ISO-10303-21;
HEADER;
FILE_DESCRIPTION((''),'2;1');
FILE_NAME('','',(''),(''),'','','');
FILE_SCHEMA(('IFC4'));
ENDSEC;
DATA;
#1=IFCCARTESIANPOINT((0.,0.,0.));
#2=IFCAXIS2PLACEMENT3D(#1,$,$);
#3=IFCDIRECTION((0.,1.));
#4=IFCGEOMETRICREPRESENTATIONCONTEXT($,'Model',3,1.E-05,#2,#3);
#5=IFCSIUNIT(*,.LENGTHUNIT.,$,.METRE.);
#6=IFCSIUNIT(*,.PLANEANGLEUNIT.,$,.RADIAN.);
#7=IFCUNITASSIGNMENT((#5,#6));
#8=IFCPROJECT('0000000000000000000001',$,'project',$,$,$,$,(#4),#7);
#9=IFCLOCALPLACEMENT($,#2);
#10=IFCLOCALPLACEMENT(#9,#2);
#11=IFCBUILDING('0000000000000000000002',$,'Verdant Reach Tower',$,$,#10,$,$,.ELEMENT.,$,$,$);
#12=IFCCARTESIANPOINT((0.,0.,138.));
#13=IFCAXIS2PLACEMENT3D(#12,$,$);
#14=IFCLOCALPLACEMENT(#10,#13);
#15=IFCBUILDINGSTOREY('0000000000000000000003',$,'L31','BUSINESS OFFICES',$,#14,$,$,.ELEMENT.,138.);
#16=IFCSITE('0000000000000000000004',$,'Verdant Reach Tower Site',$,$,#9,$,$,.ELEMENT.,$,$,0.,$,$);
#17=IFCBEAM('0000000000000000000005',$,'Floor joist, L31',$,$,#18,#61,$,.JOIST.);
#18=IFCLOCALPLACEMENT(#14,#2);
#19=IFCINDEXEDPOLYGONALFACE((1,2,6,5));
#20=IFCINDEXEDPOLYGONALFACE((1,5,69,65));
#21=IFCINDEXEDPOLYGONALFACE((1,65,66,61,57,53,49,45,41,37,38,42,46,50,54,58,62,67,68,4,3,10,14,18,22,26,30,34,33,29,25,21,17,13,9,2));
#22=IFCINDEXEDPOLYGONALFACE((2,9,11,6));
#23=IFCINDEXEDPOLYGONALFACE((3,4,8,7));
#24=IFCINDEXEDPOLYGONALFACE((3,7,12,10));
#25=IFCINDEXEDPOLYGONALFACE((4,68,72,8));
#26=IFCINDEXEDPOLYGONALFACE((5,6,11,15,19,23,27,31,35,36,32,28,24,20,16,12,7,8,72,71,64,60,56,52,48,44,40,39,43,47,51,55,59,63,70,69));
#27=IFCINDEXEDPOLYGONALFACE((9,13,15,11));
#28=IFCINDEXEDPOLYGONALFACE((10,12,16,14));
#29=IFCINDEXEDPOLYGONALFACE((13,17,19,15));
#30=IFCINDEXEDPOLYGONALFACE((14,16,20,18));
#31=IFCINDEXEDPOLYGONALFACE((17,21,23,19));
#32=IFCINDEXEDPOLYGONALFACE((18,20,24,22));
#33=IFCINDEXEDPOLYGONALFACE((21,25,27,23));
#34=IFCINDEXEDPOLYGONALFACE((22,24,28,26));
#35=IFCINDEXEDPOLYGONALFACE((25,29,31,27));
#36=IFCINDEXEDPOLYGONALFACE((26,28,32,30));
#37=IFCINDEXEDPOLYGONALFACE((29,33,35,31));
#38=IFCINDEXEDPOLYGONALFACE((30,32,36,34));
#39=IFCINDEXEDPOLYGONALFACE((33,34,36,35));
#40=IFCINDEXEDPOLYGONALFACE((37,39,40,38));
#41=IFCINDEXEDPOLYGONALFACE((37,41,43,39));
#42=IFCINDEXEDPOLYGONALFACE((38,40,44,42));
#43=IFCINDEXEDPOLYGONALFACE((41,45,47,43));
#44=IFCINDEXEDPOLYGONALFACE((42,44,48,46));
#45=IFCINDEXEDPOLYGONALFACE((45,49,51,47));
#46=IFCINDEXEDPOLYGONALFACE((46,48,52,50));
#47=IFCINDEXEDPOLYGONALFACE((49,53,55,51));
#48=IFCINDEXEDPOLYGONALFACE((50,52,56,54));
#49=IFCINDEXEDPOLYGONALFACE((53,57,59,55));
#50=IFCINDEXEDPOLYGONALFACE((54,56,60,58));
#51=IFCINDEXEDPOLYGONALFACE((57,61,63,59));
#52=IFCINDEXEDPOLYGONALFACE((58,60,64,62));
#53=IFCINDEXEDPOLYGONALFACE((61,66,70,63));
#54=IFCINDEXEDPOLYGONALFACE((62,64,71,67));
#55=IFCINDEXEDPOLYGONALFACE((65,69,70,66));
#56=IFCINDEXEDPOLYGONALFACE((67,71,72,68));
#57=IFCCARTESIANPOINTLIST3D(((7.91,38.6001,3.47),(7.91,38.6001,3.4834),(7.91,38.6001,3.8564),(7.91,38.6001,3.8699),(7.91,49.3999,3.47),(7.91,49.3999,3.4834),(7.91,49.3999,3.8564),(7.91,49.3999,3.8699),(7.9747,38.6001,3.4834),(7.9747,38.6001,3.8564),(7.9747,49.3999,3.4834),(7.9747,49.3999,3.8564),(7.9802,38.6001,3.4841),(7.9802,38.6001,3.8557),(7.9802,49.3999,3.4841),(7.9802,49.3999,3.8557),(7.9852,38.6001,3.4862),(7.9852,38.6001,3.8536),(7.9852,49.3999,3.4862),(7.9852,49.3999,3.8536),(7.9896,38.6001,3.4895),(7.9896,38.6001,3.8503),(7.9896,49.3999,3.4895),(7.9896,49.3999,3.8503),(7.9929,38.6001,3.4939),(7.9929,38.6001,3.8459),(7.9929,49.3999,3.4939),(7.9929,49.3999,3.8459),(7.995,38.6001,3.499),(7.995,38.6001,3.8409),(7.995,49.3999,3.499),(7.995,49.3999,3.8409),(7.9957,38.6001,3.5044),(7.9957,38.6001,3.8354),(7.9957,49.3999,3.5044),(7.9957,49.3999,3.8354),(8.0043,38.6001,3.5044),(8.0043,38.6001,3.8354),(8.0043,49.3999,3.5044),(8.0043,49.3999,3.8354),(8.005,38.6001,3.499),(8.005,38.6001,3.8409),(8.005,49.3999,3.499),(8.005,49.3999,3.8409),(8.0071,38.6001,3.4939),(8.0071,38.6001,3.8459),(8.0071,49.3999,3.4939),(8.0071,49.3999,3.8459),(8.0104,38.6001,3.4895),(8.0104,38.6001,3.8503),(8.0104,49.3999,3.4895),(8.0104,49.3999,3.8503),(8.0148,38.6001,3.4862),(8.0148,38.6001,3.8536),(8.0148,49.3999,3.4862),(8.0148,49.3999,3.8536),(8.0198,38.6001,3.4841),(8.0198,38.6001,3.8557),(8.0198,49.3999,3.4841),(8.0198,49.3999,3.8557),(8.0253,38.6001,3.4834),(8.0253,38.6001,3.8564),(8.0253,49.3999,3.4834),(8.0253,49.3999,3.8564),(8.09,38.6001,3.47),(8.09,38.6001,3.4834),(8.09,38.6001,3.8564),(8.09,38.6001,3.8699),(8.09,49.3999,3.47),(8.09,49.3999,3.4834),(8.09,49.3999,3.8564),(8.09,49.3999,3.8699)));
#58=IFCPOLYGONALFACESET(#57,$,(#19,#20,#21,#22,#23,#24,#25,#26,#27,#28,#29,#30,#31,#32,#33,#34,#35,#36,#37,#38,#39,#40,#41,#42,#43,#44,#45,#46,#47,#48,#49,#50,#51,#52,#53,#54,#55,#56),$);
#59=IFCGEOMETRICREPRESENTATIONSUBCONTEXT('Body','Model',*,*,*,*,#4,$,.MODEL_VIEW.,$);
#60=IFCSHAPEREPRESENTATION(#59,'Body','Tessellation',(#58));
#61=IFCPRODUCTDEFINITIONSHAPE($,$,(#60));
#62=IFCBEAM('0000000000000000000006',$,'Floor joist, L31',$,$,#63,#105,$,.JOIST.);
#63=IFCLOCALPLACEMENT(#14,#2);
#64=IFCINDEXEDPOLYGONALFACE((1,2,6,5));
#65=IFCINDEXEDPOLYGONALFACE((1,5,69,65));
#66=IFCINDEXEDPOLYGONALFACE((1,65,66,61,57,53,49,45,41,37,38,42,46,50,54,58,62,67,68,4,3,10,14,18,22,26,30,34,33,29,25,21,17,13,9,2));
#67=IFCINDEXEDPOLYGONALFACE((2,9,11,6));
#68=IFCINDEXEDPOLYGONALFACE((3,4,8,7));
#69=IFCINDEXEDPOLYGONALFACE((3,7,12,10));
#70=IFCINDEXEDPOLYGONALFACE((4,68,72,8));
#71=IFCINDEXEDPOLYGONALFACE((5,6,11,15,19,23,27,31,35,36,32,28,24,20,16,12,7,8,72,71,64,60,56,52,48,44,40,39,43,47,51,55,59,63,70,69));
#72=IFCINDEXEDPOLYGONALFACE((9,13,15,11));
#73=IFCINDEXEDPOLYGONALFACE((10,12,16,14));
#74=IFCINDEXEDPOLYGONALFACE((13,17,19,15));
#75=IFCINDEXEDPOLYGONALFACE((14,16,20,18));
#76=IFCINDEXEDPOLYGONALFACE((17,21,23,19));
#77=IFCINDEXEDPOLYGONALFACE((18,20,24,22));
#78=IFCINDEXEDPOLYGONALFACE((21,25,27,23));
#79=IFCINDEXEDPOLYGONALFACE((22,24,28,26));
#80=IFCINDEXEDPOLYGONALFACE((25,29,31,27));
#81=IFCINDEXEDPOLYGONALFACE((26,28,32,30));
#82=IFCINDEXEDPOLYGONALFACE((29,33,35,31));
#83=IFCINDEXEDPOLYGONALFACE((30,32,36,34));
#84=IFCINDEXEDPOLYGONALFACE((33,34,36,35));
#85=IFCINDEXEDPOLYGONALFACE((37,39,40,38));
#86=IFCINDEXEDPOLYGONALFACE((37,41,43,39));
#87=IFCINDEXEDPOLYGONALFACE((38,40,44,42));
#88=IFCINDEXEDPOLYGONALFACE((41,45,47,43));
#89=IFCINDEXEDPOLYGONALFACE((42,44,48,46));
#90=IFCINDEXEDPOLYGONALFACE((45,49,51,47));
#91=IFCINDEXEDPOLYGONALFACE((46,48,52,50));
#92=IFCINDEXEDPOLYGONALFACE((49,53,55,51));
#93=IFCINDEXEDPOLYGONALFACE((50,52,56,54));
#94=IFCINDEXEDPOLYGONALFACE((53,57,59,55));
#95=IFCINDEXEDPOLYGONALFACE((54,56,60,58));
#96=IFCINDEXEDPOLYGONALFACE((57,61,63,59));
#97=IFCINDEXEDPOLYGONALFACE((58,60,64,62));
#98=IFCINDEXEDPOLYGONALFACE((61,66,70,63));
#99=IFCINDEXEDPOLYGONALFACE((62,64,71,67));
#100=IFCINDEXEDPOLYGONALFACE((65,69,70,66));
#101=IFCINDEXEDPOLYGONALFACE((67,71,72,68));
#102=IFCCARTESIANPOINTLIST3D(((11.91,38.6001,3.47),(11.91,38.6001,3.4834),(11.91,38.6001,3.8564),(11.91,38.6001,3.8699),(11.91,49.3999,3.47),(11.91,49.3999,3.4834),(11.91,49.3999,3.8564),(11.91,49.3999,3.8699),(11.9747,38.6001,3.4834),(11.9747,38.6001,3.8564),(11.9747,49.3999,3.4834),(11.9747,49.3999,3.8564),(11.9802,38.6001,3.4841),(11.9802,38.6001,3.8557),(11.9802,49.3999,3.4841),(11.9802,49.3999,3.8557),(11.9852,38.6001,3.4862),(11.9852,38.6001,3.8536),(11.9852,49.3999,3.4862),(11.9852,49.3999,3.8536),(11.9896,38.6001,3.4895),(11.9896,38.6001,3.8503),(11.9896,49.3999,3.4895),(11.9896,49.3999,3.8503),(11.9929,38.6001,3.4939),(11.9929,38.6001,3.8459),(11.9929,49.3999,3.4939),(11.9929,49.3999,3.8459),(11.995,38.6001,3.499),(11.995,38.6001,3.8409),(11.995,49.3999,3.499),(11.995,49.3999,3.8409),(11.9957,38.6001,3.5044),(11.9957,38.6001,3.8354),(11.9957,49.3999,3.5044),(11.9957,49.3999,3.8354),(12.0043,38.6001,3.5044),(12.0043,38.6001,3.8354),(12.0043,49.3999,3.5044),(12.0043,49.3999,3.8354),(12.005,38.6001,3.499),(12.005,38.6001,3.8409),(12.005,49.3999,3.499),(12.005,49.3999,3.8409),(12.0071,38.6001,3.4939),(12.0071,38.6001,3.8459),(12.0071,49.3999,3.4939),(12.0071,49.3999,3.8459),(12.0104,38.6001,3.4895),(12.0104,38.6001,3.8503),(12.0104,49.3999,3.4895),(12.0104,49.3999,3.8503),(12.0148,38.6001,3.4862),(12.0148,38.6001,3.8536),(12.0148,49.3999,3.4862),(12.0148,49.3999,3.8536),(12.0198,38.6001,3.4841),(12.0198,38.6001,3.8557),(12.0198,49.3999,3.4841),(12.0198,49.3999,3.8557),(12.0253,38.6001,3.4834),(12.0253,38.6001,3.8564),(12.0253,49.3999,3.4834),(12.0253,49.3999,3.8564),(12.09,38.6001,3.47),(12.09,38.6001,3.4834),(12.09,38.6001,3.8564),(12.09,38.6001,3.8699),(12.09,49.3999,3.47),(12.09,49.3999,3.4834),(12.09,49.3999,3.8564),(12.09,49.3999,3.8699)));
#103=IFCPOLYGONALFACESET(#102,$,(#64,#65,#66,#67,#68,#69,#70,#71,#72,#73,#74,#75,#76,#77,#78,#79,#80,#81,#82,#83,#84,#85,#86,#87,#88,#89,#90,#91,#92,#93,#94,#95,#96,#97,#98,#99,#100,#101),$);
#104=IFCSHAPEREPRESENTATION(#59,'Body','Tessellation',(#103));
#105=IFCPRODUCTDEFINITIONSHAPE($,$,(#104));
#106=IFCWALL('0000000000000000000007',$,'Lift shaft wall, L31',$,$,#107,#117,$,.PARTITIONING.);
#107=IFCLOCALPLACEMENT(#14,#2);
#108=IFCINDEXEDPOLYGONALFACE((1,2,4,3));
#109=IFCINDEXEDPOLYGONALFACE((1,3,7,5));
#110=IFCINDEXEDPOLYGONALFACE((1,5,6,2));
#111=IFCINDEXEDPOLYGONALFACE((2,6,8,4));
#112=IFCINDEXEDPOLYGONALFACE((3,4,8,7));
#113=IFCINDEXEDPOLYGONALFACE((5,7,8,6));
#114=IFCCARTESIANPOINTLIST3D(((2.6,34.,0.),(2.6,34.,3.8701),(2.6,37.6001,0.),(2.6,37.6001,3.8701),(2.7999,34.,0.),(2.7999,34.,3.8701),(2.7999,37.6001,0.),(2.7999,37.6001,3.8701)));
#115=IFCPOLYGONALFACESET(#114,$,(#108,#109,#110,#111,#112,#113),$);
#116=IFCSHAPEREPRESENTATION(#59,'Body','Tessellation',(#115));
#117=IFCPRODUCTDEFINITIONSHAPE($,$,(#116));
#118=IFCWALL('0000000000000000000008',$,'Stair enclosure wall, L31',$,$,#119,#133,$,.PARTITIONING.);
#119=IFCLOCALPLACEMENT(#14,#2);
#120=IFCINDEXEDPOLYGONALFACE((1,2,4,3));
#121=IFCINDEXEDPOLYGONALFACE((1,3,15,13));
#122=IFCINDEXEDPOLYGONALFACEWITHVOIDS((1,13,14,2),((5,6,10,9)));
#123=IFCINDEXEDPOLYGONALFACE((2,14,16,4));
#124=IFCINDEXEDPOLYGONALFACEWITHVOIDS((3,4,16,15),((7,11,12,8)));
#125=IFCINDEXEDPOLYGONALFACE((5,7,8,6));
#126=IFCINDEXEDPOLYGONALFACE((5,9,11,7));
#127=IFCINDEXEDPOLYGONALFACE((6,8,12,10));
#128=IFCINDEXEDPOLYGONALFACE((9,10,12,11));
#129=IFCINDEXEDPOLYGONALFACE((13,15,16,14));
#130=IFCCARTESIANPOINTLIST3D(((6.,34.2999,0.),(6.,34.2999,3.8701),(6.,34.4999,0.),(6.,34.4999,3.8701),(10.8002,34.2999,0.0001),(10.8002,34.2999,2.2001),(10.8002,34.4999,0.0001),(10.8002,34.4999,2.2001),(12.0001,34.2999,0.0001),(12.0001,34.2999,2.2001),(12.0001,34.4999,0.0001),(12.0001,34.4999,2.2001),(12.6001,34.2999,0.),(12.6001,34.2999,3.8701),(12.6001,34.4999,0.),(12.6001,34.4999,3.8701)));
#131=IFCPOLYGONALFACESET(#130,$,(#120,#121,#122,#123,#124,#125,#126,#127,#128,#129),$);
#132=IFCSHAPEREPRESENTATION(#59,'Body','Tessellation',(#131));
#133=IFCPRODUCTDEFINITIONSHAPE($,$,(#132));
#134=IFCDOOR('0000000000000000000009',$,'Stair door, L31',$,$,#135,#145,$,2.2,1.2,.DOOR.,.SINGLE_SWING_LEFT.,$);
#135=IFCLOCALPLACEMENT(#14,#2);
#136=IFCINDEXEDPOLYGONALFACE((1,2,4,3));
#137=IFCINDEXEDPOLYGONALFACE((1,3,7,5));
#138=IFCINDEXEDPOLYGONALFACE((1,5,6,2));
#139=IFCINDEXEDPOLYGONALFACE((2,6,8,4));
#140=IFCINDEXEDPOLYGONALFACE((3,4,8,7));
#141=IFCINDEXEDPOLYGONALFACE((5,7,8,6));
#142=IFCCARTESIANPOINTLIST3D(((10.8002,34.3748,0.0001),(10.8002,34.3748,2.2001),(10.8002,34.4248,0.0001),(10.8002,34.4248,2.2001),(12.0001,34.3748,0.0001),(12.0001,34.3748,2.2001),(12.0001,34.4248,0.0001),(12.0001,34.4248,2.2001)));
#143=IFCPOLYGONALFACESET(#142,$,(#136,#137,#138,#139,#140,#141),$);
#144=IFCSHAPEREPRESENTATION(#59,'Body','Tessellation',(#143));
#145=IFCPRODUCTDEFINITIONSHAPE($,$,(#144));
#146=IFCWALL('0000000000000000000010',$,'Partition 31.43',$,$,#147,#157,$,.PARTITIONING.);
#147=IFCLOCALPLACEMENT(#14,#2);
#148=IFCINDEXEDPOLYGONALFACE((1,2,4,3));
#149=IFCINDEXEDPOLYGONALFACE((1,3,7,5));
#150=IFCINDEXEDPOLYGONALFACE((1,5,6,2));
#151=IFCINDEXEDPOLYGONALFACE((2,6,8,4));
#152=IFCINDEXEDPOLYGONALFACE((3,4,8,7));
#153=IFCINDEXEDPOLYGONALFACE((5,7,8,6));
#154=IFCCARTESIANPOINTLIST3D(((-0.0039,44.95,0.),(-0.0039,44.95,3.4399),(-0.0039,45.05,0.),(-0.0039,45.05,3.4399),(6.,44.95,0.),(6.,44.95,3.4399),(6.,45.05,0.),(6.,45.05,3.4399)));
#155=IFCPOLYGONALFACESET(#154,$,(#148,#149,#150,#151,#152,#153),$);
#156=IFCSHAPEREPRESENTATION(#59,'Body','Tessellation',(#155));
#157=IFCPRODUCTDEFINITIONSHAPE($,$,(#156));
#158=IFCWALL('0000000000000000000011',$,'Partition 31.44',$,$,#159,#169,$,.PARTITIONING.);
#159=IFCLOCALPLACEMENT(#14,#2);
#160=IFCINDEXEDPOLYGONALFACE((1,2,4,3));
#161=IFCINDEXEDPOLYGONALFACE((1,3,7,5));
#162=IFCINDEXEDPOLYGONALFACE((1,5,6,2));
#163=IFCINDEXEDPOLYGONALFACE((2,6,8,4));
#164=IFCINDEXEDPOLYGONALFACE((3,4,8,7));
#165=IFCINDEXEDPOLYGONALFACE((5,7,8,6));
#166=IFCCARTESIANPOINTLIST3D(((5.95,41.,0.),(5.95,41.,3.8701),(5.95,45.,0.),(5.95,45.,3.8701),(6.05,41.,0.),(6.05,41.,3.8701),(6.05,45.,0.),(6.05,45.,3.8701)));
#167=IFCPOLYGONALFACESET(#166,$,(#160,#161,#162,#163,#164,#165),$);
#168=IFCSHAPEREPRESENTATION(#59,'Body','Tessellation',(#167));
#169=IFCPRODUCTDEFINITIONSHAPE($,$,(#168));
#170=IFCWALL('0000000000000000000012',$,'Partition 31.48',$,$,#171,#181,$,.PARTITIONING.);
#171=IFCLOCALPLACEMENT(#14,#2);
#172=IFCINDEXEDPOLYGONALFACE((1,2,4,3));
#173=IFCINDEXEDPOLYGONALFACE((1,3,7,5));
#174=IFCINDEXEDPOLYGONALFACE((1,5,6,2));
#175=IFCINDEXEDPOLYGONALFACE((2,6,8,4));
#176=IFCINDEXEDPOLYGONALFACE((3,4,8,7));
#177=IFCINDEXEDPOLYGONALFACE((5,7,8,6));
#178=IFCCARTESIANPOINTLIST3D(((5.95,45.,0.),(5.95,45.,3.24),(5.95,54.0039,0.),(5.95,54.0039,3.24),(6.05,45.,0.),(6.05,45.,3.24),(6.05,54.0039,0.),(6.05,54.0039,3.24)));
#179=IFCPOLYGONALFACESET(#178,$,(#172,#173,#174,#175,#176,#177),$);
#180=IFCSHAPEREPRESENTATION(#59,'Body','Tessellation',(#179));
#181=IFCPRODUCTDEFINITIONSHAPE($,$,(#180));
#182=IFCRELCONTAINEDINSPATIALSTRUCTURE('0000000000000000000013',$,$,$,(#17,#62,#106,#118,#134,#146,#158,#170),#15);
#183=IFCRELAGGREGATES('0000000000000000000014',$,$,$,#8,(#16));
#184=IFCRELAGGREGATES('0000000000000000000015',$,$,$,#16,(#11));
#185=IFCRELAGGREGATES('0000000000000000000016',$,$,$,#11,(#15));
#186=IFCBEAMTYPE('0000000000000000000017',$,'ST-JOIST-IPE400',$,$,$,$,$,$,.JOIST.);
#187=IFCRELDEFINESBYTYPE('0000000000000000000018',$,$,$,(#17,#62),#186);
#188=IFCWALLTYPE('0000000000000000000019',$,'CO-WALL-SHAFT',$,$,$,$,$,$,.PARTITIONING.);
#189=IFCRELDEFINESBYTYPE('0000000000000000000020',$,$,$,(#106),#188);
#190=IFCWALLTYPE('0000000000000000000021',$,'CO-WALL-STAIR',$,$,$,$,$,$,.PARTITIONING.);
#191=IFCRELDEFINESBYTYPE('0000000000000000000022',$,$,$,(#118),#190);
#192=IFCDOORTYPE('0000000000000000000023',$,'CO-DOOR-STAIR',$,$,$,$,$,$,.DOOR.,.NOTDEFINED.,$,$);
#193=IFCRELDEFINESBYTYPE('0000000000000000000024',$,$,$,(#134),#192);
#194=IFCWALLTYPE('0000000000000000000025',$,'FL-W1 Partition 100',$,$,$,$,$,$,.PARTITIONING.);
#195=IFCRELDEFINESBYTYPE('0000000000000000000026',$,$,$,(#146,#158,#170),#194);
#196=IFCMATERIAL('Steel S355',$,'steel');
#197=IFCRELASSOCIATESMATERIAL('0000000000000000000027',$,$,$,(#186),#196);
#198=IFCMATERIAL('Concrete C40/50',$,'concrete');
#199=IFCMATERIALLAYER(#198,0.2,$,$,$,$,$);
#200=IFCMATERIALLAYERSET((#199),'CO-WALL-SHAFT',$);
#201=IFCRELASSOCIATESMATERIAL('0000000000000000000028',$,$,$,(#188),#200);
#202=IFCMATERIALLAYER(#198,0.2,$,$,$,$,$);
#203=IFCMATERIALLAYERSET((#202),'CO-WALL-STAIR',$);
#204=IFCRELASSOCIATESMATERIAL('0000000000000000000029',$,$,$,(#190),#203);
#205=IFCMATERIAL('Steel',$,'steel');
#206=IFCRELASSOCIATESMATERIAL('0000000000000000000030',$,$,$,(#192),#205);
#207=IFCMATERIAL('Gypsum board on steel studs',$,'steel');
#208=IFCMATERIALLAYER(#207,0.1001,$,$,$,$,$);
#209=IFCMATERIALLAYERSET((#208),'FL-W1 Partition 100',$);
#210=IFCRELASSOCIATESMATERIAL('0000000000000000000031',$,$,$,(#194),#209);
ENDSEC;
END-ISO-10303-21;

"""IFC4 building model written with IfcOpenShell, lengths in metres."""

from ifc_helpers import new_model, si_unit, direction, frame, frame_2d, origin, origin_2d, place, context, subcontext, project, spatial, rectangle, i_section, extrude, material, layer, layer_set, material_profile, profile_set, type_object, element, fill, save


model = new_model("IFC4")

# Units and contexts
model_context = context("Model", 3, precision=1e-05, world=origin(), true_north=direction((0.0, 1.0)))
body_context = subcontext(model_context, "Body", "Model", "MODEL_VIEW")
ifc_project = project(units=[si_unit("LENGTHUNIT", "METRE"), si_unit("PLANEANGLEUNIT", "RADIAN")], contexts=[model_context])

# Site, building, storey
site_placement = place(None, origin())
site = spatial("IfcSite", under=ifc_project, at=site_placement, Name="Verdant Reach Tower Site", CompositionType="ELEMENT", RefElevation=0.0)
building_placement = place(site_placement, origin())
building = spatial("IfcBuilding", under=site, at=building_placement, Name="Verdant Reach Tower", CompositionType="ELEMENT")
storey_placement = place(building_placement, frame((0.0, 0.0, 138.0)))
storey = spatial("IfcBuildingStorey", under=building, at=storey_placement, Name="L31", Description="BUSINESS OFFICES", CompositionType="ELEMENT", Elevation=138.0)

# Beams
ifc_material_1 = material(Name="Steel S355", Category="steel")
ifc_material_profile_1 = material_profile(ifc_material_1, i_section(OverallWidth=0.1799, OverallDepth=0.3999, WebThickness=0.0085, FlangeThickness=0.0134, FilletRadius=0.021, at=origin_2d()), Name="IPE 400")
ifc_profile_set_1 = profile_set([ifc_material_profile_1], Name="Steel S355")
beam_type_1 = type_object("IfcBeamType", Name="ST-JOIST-IPE400", PredefinedType="JOIST", material=ifc_profile_set_1)
for number, where, z_axis, x_axis, name in (
    (1, (8.0, 38.6001, 3.6699), (0.0, 1.0, 0.0), (-1.0, 0.0, 0.0), "Floor joist, L31"),
    (2, (12.0, 38.6001, 3.6699), (0.0, 1.0, 0.0), (-1.0, 0.0, 0.0), "Floor joist, L31"),
):
    element("IfcBeam", number, at=place(storey_placement, frame(where, z_axis=z_axis, x_axis=x_axis)), inside=storey, type_object=beam_type_1, Name=name, PredefinedType="JOIST", context=body_context, shape_type="SweptSolid", body=[
        extrude(i_section(OverallWidth=0.1799, OverallDepth=0.3999, WebThickness=0.0085, FlangeThickness=0.0134, FilletRadius=0.021, at=origin_2d()), origin(), (0.0, 0.0, 1.0), 10.7998),
    ])

# Wall
ifc_material_2 = material(Name="Concrete C40/50", Category="concrete")
ifc_layer_1 = layer(ifc_material_2, 0.2)
ifc_layer_set_1 = layer_set([ifc_layer_1], Name="CO-WALL-SHAFT")
wall_type_1 = type_object("IfcWallType", Name="CO-WALL-SHAFT", PredefinedType="PARTITIONING", material=ifc_layer_set_1)
wall_1_placement = place(storey_placement, frame((2.7, 34.0, 0.0), z_axis=(0.0, 0.0, 1.0), x_axis=(0.0, 1.0, 0.0)))
element("IfcWall", 3, at=wall_1_placement, inside=storey, type_object=wall_type_1, Name="Lift shaft wall, L31", PredefinedType="PARTITIONING", context=body_context, shape_type="SweptSolid", body=[
    extrude(rectangle(XDim=3.6001, YDim=0.2, at=frame_2d((1.8, 0.0))), origin(), (0.0, 0.0, 1.0), 3.8701),
])

# Wall, opening, door
ifc_layer_2 = layer(ifc_material_2, 0.2)
ifc_layer_set_2 = layer_set([ifc_layer_2], Name="CO-WALL-STAIR")
wall_type_2 = type_object("IfcWallType", Name="CO-WALL-STAIR", PredefinedType="PARTITIONING", material=ifc_layer_set_2)
wall_2_placement = place(storey_placement, frame((6.0, 34.3999, 0.0), z_axis=(0.0, 0.0, 1.0), x_axis=(1.0, 0.0, 0.0)))
wall_2 = element("IfcWall", 4, at=wall_2_placement, inside=storey, type_object=wall_type_2, Name="Stair enclosure wall, L31", PredefinedType="PARTITIONING", context=body_context, shape_type="SweptSolid", body=[
    extrude(rectangle(XDim=6.6001, YDim=0.2, at=frame_2d((3.3, 0.0))), origin(), (0.0, 0.0, 1.0), 3.8701),
])
opening_1_placement = place(wall_2_placement, frame((4.8, 0.0, 0.0)))
opening_1 = element("IfcOpeningElement", 5, at=opening_1_placement, cuts=wall_2, PredefinedType="OPENING", context=body_context, shape_type="SweptSolid", body=[
    extrude(rectangle(XDim=1.2, YDim=2.2, at=frame_2d((0.6001, 1.1001))), frame((0.0, 0.1099, 0.0), z_axis=(0.0, -1.0, 0.0), x_axis=(1.0, 0.0, 0.0)), (0.0, 0.0, 1.0), 0.22),
])
ifc_material_3 = material(Name="Steel", Category="steel")
door_type_1 = type_object("IfcDoorType", Name="CO-DOOR-STAIR", OperationType="NOTDEFINED", PredefinedType="DOOR", material=ifc_material_3)
door_1_placement = place(opening_1_placement, origin())
door_1 = element("IfcDoor", 6, at=door_1_placement, inside=storey, type_object=door_type_1, Name="Stair door, L31", OperationType="SINGLE_SWING_LEFT", OverallHeight=2.2, OverallWidth=1.2, PredefinedType="DOOR", context=body_context, shape_type="SweptSolid", body=[
    extrude(rectangle(XDim=1.2, YDim=2.2, at=frame_2d((0.6001, 1.1001))), frame((0.0, 0.0249, 0.0), z_axis=(0.0, -1.0, 0.0), x_axis=(1.0, 0.0, 0.0)), (0.0, 0.0, 1.0), 0.05),
])
fill(opening_1, door_1)

# Walls
ifc_material_4 = material(Name="Gypsum board on steel studs", Category="steel")
ifc_layer_3 = layer(ifc_material_4, 0.1001)
ifc_layer_set_3 = layer_set([ifc_layer_3], Name="FL-W1 Partition 100")
wall_type_3 = type_object("IfcWallType", Name="FL-W1 Partition 100", PredefinedType="PARTITIONING", material=ifc_layer_set_3)
wall_3_placement = place(storey_placement, frame((6.0, 45.0, 0.0), z_axis=(0.0, 0.0, 1.0), x_axis=(-1.0, 0.0, 0.0)))
element("IfcWall", 7, at=wall_3_placement, inside=storey, type_object=wall_type_3, Name="Partition 31.43", PredefinedType="PARTITIONING", context=body_context, shape_type="SweptSolid", body=[
    extrude(rectangle(XDim=6.0039, YDim=0.1001, at=frame_2d((3.002, 0.0))), origin(), (0.0, 0.0, 1.0), 3.4399),
])
wall_4_placement = place(storey_placement, frame((6.0, 41.0, 0.0), z_axis=(0.0, 0.0, 1.0), x_axis=(0.0, 1.0, 0.0)))
element("IfcWall", 8, at=wall_4_placement, inside=storey, type_object=wall_type_3, Name="Partition 31.44", PredefinedType="PARTITIONING", context=body_context, shape_type="SweptSolid", body=[
    extrude(rectangle(XDim=4.0, YDim=0.1001, at=frame_2d((2.0, 0.0))), origin(), (0.0, 0.0, 1.0), 3.8701),
])
wall_5_placement = place(storey_placement, frame((6.0, 45.0, 0.0), z_axis=(0.0, 0.0, 1.0), x_axis=(0.0, 1.0, 0.0)))
element("IfcWall", 9, at=wall_5_placement, inside=storey, type_object=wall_type_3, Name="Partition 31.48", PredefinedType="PARTITIONING", context=body_context, shape_type="SweptSolid", body=[
    extrude(rectangle(XDim=9.0039, YDim=0.1001, at=frame_2d((4.502, 0.0))), origin(), (0.0, 0.0, 1.0), 3.24),
])

save(model, "model.ifc")
